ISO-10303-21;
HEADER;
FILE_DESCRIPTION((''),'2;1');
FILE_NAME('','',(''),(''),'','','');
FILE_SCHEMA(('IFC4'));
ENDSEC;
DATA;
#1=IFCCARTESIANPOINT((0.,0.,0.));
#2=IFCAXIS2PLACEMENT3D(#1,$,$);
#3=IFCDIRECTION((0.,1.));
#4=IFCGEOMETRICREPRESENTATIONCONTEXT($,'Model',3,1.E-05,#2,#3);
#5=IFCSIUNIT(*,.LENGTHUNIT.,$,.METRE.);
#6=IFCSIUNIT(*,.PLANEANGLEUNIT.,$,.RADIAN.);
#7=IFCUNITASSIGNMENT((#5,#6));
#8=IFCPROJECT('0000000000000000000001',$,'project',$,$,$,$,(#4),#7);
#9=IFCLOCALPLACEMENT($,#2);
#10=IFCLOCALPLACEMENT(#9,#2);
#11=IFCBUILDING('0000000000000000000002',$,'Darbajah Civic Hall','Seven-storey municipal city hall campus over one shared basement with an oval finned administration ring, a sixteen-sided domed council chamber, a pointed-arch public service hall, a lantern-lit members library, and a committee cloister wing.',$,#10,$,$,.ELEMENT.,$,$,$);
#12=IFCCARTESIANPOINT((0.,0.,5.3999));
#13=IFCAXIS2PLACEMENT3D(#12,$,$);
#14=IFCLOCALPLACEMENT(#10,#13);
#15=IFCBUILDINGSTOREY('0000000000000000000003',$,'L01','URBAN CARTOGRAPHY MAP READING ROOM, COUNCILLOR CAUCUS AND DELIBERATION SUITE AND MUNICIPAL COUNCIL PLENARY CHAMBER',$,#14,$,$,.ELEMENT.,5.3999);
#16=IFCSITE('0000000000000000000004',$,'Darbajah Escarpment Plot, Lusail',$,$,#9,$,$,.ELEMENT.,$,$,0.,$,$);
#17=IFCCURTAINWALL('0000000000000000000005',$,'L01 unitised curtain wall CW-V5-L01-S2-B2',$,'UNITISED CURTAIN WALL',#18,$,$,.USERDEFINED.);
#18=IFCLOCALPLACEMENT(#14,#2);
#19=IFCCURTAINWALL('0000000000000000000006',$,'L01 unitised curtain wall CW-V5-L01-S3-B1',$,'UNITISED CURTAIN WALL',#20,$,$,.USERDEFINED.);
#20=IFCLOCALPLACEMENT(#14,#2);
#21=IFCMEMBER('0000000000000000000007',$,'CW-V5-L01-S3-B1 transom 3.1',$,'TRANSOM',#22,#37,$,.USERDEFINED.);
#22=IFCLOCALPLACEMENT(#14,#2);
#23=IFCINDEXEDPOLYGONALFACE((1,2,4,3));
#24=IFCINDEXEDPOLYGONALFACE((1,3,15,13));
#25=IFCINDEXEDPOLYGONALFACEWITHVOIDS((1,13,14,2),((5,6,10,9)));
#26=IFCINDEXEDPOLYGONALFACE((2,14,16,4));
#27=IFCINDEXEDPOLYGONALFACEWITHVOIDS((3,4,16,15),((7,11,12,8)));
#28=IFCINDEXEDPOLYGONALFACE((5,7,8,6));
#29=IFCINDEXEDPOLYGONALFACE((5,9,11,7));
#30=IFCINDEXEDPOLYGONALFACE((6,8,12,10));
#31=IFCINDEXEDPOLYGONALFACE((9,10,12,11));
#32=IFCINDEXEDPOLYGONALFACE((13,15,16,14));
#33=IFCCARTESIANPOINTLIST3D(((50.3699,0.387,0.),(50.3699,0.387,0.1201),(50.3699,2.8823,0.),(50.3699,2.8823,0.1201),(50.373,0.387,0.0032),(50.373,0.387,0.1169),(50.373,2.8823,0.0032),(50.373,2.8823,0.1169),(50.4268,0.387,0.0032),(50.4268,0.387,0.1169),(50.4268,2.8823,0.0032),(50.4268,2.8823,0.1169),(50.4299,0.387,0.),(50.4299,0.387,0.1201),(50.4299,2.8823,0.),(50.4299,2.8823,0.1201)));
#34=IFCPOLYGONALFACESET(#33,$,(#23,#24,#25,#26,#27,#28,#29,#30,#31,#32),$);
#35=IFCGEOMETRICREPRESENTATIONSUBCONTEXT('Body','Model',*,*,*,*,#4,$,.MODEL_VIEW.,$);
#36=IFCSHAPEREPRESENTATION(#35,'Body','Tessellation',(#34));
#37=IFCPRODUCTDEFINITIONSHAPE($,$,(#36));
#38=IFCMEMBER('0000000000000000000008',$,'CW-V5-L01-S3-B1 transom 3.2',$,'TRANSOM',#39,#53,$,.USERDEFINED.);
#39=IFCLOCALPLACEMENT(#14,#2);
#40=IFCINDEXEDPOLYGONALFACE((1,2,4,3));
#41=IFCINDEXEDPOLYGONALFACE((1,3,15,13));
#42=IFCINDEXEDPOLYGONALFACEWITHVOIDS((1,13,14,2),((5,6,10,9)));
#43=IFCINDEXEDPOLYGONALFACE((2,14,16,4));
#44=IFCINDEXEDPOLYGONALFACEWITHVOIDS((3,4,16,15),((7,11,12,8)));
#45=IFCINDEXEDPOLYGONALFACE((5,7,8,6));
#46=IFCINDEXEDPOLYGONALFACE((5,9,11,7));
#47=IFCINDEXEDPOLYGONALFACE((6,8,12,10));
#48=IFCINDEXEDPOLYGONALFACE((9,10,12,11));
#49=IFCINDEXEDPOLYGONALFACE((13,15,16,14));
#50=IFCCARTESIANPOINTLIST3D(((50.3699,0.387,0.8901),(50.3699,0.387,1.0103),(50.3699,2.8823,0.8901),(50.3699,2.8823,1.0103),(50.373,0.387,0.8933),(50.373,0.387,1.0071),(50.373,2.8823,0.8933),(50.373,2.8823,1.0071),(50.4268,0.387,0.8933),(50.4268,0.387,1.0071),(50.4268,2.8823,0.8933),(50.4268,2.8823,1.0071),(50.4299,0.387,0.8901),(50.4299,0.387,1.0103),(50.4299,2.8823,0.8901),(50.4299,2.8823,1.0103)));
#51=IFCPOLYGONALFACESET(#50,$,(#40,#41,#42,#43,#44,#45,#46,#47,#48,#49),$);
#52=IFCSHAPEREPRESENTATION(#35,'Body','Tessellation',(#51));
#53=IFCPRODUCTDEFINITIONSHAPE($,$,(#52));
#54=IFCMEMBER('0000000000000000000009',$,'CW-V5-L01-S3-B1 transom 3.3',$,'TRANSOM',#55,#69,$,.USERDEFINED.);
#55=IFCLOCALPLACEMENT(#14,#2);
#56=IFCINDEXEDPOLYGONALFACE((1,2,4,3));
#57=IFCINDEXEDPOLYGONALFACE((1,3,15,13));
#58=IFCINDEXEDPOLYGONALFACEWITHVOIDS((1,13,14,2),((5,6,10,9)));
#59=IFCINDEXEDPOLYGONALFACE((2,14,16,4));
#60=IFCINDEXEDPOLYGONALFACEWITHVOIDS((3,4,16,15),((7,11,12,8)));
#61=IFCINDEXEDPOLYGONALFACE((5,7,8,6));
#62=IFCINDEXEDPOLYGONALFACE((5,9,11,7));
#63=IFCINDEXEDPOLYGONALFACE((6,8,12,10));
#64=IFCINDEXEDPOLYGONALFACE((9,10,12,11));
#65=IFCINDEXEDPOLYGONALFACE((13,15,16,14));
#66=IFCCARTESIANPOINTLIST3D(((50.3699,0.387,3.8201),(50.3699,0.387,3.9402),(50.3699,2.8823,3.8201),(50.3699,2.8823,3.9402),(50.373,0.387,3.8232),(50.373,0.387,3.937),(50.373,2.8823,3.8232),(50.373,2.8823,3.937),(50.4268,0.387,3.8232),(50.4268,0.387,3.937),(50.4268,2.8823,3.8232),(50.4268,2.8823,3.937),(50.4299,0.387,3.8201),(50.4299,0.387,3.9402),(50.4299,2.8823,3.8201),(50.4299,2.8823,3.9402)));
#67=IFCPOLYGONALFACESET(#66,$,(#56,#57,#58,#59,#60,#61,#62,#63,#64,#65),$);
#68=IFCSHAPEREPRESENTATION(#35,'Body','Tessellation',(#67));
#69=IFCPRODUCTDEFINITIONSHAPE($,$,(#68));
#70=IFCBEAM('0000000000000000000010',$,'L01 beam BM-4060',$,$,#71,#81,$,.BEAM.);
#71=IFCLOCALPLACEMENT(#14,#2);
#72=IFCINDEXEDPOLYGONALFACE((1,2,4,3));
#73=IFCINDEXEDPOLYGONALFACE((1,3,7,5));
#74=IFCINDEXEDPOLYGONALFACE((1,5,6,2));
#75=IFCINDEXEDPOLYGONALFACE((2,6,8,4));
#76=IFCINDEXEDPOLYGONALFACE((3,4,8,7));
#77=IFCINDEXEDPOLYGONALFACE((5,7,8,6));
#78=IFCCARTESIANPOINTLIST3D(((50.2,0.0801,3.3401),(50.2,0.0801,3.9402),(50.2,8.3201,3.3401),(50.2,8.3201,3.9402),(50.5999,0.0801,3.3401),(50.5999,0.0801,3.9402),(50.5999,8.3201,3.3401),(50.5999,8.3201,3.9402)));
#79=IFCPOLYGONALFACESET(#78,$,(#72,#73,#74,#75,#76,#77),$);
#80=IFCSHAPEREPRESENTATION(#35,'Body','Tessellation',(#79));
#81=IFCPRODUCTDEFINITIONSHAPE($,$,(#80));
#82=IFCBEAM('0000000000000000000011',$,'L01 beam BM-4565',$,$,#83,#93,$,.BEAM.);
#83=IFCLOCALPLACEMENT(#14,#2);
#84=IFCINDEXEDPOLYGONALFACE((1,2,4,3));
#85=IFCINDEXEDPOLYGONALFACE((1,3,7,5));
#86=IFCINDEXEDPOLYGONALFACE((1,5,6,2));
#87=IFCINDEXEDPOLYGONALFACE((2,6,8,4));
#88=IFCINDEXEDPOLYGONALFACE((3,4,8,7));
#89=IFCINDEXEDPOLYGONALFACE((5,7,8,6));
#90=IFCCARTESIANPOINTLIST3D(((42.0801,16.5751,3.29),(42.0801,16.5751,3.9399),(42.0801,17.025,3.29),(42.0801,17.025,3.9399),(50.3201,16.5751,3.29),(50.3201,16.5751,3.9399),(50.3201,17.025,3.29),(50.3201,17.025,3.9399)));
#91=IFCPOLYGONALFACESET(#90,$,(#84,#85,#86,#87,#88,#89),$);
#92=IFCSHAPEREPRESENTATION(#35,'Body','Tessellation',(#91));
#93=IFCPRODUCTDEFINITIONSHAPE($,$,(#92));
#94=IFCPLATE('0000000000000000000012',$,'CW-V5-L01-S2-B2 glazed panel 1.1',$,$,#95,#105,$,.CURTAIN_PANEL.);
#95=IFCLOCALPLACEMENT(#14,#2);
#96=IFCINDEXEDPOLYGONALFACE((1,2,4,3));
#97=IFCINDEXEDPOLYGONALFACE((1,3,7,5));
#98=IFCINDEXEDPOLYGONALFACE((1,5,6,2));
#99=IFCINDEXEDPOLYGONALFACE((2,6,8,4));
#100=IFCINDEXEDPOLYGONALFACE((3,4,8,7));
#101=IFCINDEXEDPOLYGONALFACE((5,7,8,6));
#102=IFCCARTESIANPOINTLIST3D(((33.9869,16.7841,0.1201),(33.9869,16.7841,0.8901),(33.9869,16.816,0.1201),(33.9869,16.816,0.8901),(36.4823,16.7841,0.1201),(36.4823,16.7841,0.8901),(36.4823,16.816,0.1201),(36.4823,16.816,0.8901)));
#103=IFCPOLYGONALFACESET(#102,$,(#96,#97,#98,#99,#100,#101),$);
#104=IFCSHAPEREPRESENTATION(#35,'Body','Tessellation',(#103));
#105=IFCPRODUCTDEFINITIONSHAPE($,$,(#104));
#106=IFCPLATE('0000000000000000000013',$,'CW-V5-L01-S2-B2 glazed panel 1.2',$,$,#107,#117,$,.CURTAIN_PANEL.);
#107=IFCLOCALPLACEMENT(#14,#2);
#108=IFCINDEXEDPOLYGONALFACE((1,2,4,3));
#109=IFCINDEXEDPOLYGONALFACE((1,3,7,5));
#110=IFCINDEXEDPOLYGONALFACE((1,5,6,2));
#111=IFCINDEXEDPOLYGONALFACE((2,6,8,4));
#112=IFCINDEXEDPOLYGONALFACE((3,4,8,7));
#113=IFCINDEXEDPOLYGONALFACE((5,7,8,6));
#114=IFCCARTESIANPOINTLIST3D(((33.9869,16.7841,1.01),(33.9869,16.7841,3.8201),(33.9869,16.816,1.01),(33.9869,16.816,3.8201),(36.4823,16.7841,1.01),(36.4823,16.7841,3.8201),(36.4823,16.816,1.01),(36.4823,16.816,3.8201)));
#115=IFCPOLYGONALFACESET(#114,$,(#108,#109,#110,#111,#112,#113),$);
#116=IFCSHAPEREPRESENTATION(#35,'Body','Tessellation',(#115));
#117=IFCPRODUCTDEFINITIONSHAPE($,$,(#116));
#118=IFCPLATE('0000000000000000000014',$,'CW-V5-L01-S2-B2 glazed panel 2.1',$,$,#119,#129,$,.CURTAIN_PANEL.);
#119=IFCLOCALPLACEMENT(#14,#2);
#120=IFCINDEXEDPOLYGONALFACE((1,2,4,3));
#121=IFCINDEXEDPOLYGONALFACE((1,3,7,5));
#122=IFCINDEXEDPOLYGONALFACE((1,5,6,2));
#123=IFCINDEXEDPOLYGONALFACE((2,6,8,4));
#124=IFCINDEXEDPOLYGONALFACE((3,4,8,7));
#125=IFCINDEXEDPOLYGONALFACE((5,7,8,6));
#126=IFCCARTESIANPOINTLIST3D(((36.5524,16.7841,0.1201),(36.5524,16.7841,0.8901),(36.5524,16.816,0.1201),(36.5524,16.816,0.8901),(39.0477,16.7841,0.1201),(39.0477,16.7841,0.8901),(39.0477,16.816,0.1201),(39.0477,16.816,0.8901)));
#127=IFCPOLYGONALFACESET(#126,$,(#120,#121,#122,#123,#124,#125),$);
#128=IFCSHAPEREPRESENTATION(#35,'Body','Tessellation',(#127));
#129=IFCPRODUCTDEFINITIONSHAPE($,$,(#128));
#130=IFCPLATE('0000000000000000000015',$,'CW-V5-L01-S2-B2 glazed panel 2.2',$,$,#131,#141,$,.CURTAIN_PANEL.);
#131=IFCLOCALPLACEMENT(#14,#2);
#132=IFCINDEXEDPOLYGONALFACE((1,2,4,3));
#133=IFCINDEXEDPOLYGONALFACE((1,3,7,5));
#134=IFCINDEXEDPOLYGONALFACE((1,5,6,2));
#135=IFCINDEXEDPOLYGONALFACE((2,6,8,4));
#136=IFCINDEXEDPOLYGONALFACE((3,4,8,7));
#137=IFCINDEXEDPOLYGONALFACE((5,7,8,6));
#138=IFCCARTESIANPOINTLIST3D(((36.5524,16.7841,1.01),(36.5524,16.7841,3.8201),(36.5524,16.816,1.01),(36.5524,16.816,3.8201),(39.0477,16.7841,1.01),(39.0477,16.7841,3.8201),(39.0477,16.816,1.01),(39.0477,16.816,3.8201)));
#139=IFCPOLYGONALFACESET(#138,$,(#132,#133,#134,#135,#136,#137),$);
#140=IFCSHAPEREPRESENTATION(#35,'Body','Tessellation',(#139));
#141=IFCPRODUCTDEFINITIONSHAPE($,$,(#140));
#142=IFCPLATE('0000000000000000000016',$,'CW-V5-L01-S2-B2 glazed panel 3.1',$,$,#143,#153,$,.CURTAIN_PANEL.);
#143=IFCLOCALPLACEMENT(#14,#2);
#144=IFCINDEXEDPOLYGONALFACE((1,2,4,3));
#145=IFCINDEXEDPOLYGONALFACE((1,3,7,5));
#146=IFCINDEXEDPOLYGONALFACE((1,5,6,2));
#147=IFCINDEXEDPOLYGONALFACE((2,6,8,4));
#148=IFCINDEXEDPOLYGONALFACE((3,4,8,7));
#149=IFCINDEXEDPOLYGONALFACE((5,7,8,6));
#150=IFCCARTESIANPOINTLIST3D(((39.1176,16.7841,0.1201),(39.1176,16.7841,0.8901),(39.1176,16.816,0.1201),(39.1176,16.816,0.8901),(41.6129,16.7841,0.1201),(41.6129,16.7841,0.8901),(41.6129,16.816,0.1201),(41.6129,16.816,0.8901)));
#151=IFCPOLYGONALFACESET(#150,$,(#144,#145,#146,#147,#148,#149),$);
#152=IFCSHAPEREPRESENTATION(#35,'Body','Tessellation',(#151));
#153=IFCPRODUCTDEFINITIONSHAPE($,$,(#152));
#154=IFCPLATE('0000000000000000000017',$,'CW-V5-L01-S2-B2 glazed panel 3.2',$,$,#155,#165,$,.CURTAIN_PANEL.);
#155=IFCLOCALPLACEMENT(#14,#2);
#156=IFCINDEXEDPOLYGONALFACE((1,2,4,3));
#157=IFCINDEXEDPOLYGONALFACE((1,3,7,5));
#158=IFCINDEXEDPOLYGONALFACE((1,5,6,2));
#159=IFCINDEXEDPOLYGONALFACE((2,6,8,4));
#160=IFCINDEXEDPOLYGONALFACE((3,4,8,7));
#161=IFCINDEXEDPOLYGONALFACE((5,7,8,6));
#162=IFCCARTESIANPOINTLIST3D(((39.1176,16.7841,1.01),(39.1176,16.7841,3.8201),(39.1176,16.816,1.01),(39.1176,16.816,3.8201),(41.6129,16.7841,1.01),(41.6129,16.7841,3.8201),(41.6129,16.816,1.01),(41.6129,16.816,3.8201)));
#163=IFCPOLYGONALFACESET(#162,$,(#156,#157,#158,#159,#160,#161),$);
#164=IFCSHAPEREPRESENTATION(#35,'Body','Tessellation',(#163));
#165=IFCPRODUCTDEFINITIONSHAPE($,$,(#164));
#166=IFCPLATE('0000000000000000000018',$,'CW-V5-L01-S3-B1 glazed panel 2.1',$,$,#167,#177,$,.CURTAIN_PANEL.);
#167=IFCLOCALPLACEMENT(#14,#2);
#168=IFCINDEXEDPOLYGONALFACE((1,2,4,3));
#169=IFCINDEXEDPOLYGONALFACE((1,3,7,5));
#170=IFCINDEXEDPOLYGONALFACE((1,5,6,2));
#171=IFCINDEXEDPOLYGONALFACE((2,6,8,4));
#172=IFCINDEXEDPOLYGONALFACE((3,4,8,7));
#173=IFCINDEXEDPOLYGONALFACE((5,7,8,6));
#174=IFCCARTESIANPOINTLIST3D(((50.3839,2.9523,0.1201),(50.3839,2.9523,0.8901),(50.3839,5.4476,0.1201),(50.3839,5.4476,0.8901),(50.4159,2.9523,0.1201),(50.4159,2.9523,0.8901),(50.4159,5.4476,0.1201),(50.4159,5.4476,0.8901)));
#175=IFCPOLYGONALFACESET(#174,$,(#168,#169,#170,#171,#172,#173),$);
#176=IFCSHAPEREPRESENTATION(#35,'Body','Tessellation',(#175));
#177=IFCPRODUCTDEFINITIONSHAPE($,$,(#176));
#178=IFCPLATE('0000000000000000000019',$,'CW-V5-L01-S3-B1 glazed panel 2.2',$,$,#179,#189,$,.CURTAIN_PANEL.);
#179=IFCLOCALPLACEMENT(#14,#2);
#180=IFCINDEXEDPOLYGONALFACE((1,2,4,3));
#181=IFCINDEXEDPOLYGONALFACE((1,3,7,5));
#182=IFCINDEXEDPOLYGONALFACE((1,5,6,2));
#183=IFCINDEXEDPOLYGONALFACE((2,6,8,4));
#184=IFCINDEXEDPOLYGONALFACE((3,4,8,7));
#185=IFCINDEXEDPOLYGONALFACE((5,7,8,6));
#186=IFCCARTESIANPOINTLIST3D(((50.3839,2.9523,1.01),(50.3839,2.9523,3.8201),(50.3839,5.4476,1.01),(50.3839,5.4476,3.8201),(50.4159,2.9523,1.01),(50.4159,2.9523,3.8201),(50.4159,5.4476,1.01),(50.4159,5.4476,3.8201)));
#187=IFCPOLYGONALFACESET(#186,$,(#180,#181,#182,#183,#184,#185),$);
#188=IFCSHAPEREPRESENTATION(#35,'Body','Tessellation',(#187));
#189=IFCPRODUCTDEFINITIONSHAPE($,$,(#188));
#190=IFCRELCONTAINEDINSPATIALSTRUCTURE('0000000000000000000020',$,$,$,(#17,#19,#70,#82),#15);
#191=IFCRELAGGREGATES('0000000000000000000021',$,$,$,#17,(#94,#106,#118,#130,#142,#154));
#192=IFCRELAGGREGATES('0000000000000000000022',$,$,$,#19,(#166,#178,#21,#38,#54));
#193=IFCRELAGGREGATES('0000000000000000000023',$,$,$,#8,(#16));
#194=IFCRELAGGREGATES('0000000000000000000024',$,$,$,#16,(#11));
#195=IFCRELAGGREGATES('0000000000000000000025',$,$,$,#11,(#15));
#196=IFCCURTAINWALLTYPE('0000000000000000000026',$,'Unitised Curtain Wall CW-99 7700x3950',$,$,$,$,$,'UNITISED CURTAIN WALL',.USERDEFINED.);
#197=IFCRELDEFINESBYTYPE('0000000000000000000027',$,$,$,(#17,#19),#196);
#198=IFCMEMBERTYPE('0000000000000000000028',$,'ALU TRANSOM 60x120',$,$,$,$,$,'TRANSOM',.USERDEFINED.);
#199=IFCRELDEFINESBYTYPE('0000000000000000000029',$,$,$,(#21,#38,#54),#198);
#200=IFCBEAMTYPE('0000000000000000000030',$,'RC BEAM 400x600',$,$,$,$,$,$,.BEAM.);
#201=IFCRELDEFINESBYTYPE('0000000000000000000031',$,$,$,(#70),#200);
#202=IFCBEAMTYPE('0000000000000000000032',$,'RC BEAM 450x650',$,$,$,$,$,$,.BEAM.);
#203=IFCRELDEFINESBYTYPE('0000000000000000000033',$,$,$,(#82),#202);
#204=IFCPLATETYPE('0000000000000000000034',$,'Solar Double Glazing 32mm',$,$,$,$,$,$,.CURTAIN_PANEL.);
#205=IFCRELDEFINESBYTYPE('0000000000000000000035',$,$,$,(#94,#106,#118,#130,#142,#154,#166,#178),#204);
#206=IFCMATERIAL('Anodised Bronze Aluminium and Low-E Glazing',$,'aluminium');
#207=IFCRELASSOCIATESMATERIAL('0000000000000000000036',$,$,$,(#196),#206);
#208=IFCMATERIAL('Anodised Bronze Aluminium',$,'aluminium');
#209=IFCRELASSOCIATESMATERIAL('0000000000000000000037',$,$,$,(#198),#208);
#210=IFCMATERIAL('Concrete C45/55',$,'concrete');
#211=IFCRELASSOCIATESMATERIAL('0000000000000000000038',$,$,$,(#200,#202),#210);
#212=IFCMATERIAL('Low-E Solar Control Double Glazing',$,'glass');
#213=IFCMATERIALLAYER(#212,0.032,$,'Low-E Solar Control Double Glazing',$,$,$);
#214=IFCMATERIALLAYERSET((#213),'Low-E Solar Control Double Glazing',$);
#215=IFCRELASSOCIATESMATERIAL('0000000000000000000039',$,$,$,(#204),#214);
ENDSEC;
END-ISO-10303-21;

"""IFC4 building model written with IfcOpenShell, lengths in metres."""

from ifc_helpers import new_model, si_unit, direction, frame, origin, origin_2d, place, context, subcontext, project, spatial, rectangle, hollow_rectangle, extrude, material, layer, layer_set, material_profile, profile_set, type_object, element, aggregate, save


model = new_model("IFC4")

# Units and contexts
model_context = context("Model", 3, precision=1e-05, world=origin(), true_north=direction((0.0, 1.0)))
body_context = subcontext(model_context, "Body", "Model", "MODEL_VIEW")
ifc_project = project(units=[si_unit("LENGTHUNIT", "METRE"), si_unit("PLANEANGLEUNIT", "RADIAN")], contexts=[model_context])

# Site, building, storey
site_placement = place(None, origin())
site = spatial("IfcSite", under=ifc_project, at=site_placement, Name="Darbajah Escarpment Plot, Lusail", CompositionType="ELEMENT", RefElevation=0.0)
building_placement = place(site_placement, origin())
building = spatial("IfcBuilding", under=site, at=building_placement, Name="Darbajah Civic Hall", Description="Seven-storey municipal city hall campus over one shared basement with an oval finned administration ring, a sixteen-sided domed council chamber, a pointed-arch public service hall, a lantern-lit members library, and a committee cloister wing.", CompositionType="ELEMENT")
storey_placement = place(building_placement, frame((0.0, 0.0, 5.3999)))
storey = spatial("IfcBuildingStorey", under=building, at=storey_placement, Name="L01", Description="URBAN CARTOGRAPHY MAP READING ROOM, COUNCILLOR CAUCUS AND DELIBERATION SUITE AND MUNICIPAL COUNCIL PLENARY CHAMBER", CompositionType="ELEMENT", Elevation=5.3999)

# Shared definitions
ifc_material_1 = material(Name="Concrete C45/55", Category="concrete")

# Curtain wall
ifc_material_2 = material(Name="Anodised Bronze Aluminium and Low-E Glazing", Category="aluminium")
curtain_wall_type = type_object("IfcCurtainWallType", Name="Unitised Curtain Wall CW-99 7700x3950", ElementType="UNITISED CURTAIN WALL", PredefinedType="USERDEFINED", material=ifc_material_2)
curtain_wall_1_placement = place(storey_placement, origin())
curtain_wall_1 = element("IfcCurtainWall", 1, at=curtain_wall_1_placement, inside=storey, type_object=curtain_wall_type, Name="L01 unitised curtain wall CW-V5-L01-S2-B2", ObjectType="UNITISED CURTAIN WALL", PredefinedType="USERDEFINED")
ifc_material_3 = material(Name="Anodised Bronze Aluminium", Category="aluminium")

# Curtain wall
curtain_wall_2_placement = place(storey_placement, origin())
curtain_wall_2 = element("IfcCurtainWall", 2, at=curtain_wall_2_placement, inside=storey, type_object=curtain_wall_type, Name="L01 unitised curtain wall CW-V5-L01-S3-B1", ObjectType="UNITISED CURTAIN WALL", PredefinedType="USERDEFINED")

# Members
ifc_material_profile_1 = material_profile(ifc_material_3, hollow_rectangle(XDim=0.0601, YDim=0.1201, WallThickness=0.0032, at=origin_2d()), Name="ALU TRANSOM 60x120")
ifc_profile_set_1 = profile_set([ifc_material_profile_1], Name="Anodised Bronze Aluminium")
member_type_1 = type_object("IfcMemberType", Name="ALU TRANSOM 60x120", ElementType="TRANSOM", PredefinedType="USERDEFINED", material=ifc_profile_set_1)
member_1_placement = place(storey_placement, frame((50.3999, 2.8823, 0.0601), z_axis=(0.0, -1.0, 0.0), x_axis=(1.0, 0.0, 0.0)))
member_1 = element("IfcMember", 3, at=member_1_placement, type_object=member_type_1, Name="CW-V5-L01-S3-B1 transom 3.1", ObjectType="TRANSOM", PredefinedType="USERDEFINED", context=body_context, shape_type="SweptSolid", body=[
    extrude(hollow_rectangle(XDim=0.0601, YDim=0.1201, WallThickness=0.0032, at=origin_2d()), origin(), (0.0, 0.0, 1.0), 2.4954),
])
member_2_placement = place(storey_placement, frame((50.3999, 2.8823, 0.9502), z_axis=(0.0, -1.0, 0.0), x_axis=(1.0, 0.0, 0.0)))
member_2 = element("IfcMember", 4, at=member_2_placement, type_object=member_type_1, Name="CW-V5-L01-S3-B1 transom 3.2", ObjectType="TRANSOM", PredefinedType="USERDEFINED", context=body_context, shape_type="SweptSolid", body=[
    extrude(hollow_rectangle(XDim=0.0601, YDim=0.1201, WallThickness=0.0032, at=origin_2d()), origin(), (0.0, 0.0, 1.0), 2.4954),
])
member_3_placement = place(storey_placement, frame((50.3999, 2.8823, 3.8801), z_axis=(0.0, -1.0, 0.0), x_axis=(1.0, 0.0, 0.0)))
member_3 = element("IfcMember", 5, at=member_3_placement, type_object=member_type_1, Name="CW-V5-L01-S3-B1 transom 3.3", ObjectType="TRANSOM", PredefinedType="USERDEFINED", context=body_context, shape_type="SweptSolid", body=[
    extrude(hollow_rectangle(XDim=0.0601, YDim=0.1201, WallThickness=0.0032, at=origin_2d()), origin(), (0.0, 0.0, 1.0), 2.4954),
])

# Beams
ifc_material_profile_2 = material_profile(ifc_material_1, rectangle(XDim=0.3999, YDim=0.6001, at=origin_2d()), Name="RC BEAM 400x600")
ifc_profile_set_2 = profile_set([ifc_material_profile_2], Name="Concrete C45/55")
beam_type_1 = type_object("IfcBeamType", Name="RC BEAM 400x600", PredefinedType="BEAM", material=ifc_profile_set_2)
beam_1_placement = place(storey_placement, frame((50.3999, 0.0801, 3.6401), z_axis=(0.0, 1.0, 0.0), x_axis=(-1.0, 0.0, 0.0)))
element("IfcBeam", 6, at=beam_1_placement, inside=storey, type_object=beam_type_1, Name="L01 beam BM-4060", PredefinedType="BEAM", context=body_context, shape_type="SweptSolid", body=[
    extrude(rectangle(XDim=0.3999, YDim=0.6001, at=origin_2d()), origin(), (0.0, 0.0, 1.0), 8.24),
])
ifc_material_profile_3 = material_profile(ifc_material_1, rectangle(XDim=0.45, YDim=0.6499, at=origin_2d()), Name="RC BEAM 450x650")
ifc_profile_set_3 = profile_set([ifc_material_profile_3], Name="Concrete C45/55")
beam_type_2 = type_object("IfcBeamType", Name="RC BEAM 450x650", PredefinedType="BEAM", material=ifc_profile_set_3)
beam_2_placement = place(storey_placement, frame((42.0801, 16.8, 3.615), z_axis=(1.0, 0.0, 0.0), x_axis=(0.0, 1.0, 0.0)))
element("IfcBeam", 7, at=beam_2_placement, inside=storey, type_object=beam_type_2, Name="L01 beam BM-4565", PredefinedType="BEAM", context=body_context, shape_type="SweptSolid", body=[
    extrude(rectangle(XDim=0.45, YDim=0.6499, at=origin_2d()), origin(), (0.0, 0.0, 1.0), 8.24),
])

# Plates
ifc_material_4 = material(Name="Low-E Solar Control Double Glazing", Category="glass")
ifc_layer = layer(ifc_material_4, 0.032, Name="Low-E Solar Control Double Glazing")
ifc_layer_set = layer_set([ifc_layer], Name="Low-E Solar Control Double Glazing")
plate_type = type_object("IfcPlateType", Name="Solar Double Glazing 32mm", PredefinedType="CURTAIN_PANEL", material=ifc_layer_set)
plate_1_placement = place(storey_placement, frame((35.2346, 16.8, 0.1201), z_axis=(0.0, 0.0, 1.0), x_axis=(1.0, 0.0, 0.0)))
plate_1 = element("IfcPlate", 8, at=plate_1_placement, type_object=plate_type, Name="CW-V5-L01-S2-B2 glazed panel 1.1", PredefinedType="CURTAIN_PANEL", context=body_context, shape_type="SweptSolid", body=[
    extrude(rectangle(XDim=2.4954, YDim=0.032, at=origin_2d()), origin(), (0.0, 0.0, 1.0), 0.77),
])
plate_2_placement = place(storey_placement, frame((35.2346, 16.8, 1.01), z_axis=(0.0, 0.0, 1.0), x_axis=(1.0, 0.0, 0.0)))
plate_2 = element("IfcPlate", 9, at=plate_2_placement, type_object=plate_type, Name="CW-V5-L01-S2-B2 glazed panel 1.2", PredefinedType="CURTAIN_PANEL", context=body_context, shape_type="SweptSolid", body=[
    extrude(rectangle(XDim=2.4954, YDim=0.032, at=origin_2d()), origin(), (0.0, 0.0, 1.0), 2.8101),
])
plate_3_placement = place(storey_placement, frame((37.8, 16.8, 0.1201), z_axis=(0.0, 0.0, 1.0), x_axis=(1.0, 0.0, 0.0)))
plate_3 = element("IfcPlate", 10, at=plate_3_placement, type_object=plate_type, Name="CW-V5-L01-S2-B2 glazed panel 2.1", PredefinedType="CURTAIN_PANEL", context=body_context, shape_type="SweptSolid", body=[
    extrude(rectangle(XDim=2.4954, YDim=0.032, at=origin_2d()), origin(), (0.0, 0.0, 1.0), 0.77),
])
plate_4_placement = place(storey_placement, frame((37.8, 16.8, 1.01), z_axis=(0.0, 0.0, 1.0), x_axis=(1.0, 0.0, 0.0)))
plate_4 = element("IfcPlate", 11, at=plate_4_placement, type_object=plate_type, Name="CW-V5-L01-S2-B2 glazed panel 2.2", PredefinedType="CURTAIN_PANEL", context=body_context, shape_type="SweptSolid", body=[
    extrude(rectangle(XDim=2.4954, YDim=0.032, at=origin_2d()), origin(), (0.0, 0.0, 1.0), 2.8101),
])
plate_5_placement = place(storey_placement, frame((40.3652, 16.8, 0.1201), z_axis=(0.0, 0.0, 1.0), x_axis=(1.0, 0.0, 0.0)))
plate_5 = element("IfcPlate", 12, at=plate_5_placement, type_object=plate_type, Name="CW-V5-L01-S2-B2 glazed panel 3.1", PredefinedType="CURTAIN_PANEL", context=body_context, shape_type="SweptSolid", body=[
    extrude(rectangle(XDim=2.4954, YDim=0.032, at=origin_2d()), origin(), (0.0, 0.0, 1.0), 0.77),
])
plate_6_placement = place(storey_placement, frame((40.3652, 16.8, 1.01), z_axis=(0.0, 0.0, 1.0), x_axis=(1.0, 0.0, 0.0)))
plate_6 = element("IfcPlate", 13, at=plate_6_placement, type_object=plate_type, Name="CW-V5-L01-S2-B2 glazed panel 3.2", PredefinedType="CURTAIN_PANEL", context=body_context, shape_type="SweptSolid", body=[
    extrude(rectangle(XDim=2.4954, YDim=0.032, at=origin_2d()), origin(), (0.0, 0.0, 1.0), 2.8101),
])
aggregate(curtain_wall_1, [plate_1, plate_2, plate_3, plate_4, plate_5, plate_6])
plate_7_placement = place(storey_placement, frame((50.3999, 4.2, 0.1201), z_axis=(0.0, 0.0, 1.0), x_axis=(0.0, -1.0, 0.0)))
plate_7 = element("IfcPlate", 14, at=plate_7_placement, type_object=plate_type, Name="CW-V5-L01-S3-B1 glazed panel 2.1", PredefinedType="CURTAIN_PANEL", context=body_context, shape_type="SweptSolid", body=[
    extrude(rectangle(XDim=2.4954, YDim=0.032, at=origin_2d()), origin(), (0.0, 0.0, 1.0), 0.77),
])
plate_8_placement = place(storey_placement, frame((50.3999, 4.2, 1.01), z_axis=(0.0, 0.0, 1.0), x_axis=(0.0, -1.0, 0.0)))
plate_8 = element("IfcPlate", 15, at=plate_8_placement, type_object=plate_type, Name="CW-V5-L01-S3-B1 glazed panel 2.2", PredefinedType="CURTAIN_PANEL", context=body_context, shape_type="SweptSolid", body=[
    extrude(rectangle(XDim=2.4954, YDim=0.032, at=origin_2d()), origin(), (0.0, 0.0, 1.0), 2.8101),
])
aggregate(curtain_wall_2, [plate_7, plate_8, member_1, member_2, member_3])

save(model, "model.ifc")
